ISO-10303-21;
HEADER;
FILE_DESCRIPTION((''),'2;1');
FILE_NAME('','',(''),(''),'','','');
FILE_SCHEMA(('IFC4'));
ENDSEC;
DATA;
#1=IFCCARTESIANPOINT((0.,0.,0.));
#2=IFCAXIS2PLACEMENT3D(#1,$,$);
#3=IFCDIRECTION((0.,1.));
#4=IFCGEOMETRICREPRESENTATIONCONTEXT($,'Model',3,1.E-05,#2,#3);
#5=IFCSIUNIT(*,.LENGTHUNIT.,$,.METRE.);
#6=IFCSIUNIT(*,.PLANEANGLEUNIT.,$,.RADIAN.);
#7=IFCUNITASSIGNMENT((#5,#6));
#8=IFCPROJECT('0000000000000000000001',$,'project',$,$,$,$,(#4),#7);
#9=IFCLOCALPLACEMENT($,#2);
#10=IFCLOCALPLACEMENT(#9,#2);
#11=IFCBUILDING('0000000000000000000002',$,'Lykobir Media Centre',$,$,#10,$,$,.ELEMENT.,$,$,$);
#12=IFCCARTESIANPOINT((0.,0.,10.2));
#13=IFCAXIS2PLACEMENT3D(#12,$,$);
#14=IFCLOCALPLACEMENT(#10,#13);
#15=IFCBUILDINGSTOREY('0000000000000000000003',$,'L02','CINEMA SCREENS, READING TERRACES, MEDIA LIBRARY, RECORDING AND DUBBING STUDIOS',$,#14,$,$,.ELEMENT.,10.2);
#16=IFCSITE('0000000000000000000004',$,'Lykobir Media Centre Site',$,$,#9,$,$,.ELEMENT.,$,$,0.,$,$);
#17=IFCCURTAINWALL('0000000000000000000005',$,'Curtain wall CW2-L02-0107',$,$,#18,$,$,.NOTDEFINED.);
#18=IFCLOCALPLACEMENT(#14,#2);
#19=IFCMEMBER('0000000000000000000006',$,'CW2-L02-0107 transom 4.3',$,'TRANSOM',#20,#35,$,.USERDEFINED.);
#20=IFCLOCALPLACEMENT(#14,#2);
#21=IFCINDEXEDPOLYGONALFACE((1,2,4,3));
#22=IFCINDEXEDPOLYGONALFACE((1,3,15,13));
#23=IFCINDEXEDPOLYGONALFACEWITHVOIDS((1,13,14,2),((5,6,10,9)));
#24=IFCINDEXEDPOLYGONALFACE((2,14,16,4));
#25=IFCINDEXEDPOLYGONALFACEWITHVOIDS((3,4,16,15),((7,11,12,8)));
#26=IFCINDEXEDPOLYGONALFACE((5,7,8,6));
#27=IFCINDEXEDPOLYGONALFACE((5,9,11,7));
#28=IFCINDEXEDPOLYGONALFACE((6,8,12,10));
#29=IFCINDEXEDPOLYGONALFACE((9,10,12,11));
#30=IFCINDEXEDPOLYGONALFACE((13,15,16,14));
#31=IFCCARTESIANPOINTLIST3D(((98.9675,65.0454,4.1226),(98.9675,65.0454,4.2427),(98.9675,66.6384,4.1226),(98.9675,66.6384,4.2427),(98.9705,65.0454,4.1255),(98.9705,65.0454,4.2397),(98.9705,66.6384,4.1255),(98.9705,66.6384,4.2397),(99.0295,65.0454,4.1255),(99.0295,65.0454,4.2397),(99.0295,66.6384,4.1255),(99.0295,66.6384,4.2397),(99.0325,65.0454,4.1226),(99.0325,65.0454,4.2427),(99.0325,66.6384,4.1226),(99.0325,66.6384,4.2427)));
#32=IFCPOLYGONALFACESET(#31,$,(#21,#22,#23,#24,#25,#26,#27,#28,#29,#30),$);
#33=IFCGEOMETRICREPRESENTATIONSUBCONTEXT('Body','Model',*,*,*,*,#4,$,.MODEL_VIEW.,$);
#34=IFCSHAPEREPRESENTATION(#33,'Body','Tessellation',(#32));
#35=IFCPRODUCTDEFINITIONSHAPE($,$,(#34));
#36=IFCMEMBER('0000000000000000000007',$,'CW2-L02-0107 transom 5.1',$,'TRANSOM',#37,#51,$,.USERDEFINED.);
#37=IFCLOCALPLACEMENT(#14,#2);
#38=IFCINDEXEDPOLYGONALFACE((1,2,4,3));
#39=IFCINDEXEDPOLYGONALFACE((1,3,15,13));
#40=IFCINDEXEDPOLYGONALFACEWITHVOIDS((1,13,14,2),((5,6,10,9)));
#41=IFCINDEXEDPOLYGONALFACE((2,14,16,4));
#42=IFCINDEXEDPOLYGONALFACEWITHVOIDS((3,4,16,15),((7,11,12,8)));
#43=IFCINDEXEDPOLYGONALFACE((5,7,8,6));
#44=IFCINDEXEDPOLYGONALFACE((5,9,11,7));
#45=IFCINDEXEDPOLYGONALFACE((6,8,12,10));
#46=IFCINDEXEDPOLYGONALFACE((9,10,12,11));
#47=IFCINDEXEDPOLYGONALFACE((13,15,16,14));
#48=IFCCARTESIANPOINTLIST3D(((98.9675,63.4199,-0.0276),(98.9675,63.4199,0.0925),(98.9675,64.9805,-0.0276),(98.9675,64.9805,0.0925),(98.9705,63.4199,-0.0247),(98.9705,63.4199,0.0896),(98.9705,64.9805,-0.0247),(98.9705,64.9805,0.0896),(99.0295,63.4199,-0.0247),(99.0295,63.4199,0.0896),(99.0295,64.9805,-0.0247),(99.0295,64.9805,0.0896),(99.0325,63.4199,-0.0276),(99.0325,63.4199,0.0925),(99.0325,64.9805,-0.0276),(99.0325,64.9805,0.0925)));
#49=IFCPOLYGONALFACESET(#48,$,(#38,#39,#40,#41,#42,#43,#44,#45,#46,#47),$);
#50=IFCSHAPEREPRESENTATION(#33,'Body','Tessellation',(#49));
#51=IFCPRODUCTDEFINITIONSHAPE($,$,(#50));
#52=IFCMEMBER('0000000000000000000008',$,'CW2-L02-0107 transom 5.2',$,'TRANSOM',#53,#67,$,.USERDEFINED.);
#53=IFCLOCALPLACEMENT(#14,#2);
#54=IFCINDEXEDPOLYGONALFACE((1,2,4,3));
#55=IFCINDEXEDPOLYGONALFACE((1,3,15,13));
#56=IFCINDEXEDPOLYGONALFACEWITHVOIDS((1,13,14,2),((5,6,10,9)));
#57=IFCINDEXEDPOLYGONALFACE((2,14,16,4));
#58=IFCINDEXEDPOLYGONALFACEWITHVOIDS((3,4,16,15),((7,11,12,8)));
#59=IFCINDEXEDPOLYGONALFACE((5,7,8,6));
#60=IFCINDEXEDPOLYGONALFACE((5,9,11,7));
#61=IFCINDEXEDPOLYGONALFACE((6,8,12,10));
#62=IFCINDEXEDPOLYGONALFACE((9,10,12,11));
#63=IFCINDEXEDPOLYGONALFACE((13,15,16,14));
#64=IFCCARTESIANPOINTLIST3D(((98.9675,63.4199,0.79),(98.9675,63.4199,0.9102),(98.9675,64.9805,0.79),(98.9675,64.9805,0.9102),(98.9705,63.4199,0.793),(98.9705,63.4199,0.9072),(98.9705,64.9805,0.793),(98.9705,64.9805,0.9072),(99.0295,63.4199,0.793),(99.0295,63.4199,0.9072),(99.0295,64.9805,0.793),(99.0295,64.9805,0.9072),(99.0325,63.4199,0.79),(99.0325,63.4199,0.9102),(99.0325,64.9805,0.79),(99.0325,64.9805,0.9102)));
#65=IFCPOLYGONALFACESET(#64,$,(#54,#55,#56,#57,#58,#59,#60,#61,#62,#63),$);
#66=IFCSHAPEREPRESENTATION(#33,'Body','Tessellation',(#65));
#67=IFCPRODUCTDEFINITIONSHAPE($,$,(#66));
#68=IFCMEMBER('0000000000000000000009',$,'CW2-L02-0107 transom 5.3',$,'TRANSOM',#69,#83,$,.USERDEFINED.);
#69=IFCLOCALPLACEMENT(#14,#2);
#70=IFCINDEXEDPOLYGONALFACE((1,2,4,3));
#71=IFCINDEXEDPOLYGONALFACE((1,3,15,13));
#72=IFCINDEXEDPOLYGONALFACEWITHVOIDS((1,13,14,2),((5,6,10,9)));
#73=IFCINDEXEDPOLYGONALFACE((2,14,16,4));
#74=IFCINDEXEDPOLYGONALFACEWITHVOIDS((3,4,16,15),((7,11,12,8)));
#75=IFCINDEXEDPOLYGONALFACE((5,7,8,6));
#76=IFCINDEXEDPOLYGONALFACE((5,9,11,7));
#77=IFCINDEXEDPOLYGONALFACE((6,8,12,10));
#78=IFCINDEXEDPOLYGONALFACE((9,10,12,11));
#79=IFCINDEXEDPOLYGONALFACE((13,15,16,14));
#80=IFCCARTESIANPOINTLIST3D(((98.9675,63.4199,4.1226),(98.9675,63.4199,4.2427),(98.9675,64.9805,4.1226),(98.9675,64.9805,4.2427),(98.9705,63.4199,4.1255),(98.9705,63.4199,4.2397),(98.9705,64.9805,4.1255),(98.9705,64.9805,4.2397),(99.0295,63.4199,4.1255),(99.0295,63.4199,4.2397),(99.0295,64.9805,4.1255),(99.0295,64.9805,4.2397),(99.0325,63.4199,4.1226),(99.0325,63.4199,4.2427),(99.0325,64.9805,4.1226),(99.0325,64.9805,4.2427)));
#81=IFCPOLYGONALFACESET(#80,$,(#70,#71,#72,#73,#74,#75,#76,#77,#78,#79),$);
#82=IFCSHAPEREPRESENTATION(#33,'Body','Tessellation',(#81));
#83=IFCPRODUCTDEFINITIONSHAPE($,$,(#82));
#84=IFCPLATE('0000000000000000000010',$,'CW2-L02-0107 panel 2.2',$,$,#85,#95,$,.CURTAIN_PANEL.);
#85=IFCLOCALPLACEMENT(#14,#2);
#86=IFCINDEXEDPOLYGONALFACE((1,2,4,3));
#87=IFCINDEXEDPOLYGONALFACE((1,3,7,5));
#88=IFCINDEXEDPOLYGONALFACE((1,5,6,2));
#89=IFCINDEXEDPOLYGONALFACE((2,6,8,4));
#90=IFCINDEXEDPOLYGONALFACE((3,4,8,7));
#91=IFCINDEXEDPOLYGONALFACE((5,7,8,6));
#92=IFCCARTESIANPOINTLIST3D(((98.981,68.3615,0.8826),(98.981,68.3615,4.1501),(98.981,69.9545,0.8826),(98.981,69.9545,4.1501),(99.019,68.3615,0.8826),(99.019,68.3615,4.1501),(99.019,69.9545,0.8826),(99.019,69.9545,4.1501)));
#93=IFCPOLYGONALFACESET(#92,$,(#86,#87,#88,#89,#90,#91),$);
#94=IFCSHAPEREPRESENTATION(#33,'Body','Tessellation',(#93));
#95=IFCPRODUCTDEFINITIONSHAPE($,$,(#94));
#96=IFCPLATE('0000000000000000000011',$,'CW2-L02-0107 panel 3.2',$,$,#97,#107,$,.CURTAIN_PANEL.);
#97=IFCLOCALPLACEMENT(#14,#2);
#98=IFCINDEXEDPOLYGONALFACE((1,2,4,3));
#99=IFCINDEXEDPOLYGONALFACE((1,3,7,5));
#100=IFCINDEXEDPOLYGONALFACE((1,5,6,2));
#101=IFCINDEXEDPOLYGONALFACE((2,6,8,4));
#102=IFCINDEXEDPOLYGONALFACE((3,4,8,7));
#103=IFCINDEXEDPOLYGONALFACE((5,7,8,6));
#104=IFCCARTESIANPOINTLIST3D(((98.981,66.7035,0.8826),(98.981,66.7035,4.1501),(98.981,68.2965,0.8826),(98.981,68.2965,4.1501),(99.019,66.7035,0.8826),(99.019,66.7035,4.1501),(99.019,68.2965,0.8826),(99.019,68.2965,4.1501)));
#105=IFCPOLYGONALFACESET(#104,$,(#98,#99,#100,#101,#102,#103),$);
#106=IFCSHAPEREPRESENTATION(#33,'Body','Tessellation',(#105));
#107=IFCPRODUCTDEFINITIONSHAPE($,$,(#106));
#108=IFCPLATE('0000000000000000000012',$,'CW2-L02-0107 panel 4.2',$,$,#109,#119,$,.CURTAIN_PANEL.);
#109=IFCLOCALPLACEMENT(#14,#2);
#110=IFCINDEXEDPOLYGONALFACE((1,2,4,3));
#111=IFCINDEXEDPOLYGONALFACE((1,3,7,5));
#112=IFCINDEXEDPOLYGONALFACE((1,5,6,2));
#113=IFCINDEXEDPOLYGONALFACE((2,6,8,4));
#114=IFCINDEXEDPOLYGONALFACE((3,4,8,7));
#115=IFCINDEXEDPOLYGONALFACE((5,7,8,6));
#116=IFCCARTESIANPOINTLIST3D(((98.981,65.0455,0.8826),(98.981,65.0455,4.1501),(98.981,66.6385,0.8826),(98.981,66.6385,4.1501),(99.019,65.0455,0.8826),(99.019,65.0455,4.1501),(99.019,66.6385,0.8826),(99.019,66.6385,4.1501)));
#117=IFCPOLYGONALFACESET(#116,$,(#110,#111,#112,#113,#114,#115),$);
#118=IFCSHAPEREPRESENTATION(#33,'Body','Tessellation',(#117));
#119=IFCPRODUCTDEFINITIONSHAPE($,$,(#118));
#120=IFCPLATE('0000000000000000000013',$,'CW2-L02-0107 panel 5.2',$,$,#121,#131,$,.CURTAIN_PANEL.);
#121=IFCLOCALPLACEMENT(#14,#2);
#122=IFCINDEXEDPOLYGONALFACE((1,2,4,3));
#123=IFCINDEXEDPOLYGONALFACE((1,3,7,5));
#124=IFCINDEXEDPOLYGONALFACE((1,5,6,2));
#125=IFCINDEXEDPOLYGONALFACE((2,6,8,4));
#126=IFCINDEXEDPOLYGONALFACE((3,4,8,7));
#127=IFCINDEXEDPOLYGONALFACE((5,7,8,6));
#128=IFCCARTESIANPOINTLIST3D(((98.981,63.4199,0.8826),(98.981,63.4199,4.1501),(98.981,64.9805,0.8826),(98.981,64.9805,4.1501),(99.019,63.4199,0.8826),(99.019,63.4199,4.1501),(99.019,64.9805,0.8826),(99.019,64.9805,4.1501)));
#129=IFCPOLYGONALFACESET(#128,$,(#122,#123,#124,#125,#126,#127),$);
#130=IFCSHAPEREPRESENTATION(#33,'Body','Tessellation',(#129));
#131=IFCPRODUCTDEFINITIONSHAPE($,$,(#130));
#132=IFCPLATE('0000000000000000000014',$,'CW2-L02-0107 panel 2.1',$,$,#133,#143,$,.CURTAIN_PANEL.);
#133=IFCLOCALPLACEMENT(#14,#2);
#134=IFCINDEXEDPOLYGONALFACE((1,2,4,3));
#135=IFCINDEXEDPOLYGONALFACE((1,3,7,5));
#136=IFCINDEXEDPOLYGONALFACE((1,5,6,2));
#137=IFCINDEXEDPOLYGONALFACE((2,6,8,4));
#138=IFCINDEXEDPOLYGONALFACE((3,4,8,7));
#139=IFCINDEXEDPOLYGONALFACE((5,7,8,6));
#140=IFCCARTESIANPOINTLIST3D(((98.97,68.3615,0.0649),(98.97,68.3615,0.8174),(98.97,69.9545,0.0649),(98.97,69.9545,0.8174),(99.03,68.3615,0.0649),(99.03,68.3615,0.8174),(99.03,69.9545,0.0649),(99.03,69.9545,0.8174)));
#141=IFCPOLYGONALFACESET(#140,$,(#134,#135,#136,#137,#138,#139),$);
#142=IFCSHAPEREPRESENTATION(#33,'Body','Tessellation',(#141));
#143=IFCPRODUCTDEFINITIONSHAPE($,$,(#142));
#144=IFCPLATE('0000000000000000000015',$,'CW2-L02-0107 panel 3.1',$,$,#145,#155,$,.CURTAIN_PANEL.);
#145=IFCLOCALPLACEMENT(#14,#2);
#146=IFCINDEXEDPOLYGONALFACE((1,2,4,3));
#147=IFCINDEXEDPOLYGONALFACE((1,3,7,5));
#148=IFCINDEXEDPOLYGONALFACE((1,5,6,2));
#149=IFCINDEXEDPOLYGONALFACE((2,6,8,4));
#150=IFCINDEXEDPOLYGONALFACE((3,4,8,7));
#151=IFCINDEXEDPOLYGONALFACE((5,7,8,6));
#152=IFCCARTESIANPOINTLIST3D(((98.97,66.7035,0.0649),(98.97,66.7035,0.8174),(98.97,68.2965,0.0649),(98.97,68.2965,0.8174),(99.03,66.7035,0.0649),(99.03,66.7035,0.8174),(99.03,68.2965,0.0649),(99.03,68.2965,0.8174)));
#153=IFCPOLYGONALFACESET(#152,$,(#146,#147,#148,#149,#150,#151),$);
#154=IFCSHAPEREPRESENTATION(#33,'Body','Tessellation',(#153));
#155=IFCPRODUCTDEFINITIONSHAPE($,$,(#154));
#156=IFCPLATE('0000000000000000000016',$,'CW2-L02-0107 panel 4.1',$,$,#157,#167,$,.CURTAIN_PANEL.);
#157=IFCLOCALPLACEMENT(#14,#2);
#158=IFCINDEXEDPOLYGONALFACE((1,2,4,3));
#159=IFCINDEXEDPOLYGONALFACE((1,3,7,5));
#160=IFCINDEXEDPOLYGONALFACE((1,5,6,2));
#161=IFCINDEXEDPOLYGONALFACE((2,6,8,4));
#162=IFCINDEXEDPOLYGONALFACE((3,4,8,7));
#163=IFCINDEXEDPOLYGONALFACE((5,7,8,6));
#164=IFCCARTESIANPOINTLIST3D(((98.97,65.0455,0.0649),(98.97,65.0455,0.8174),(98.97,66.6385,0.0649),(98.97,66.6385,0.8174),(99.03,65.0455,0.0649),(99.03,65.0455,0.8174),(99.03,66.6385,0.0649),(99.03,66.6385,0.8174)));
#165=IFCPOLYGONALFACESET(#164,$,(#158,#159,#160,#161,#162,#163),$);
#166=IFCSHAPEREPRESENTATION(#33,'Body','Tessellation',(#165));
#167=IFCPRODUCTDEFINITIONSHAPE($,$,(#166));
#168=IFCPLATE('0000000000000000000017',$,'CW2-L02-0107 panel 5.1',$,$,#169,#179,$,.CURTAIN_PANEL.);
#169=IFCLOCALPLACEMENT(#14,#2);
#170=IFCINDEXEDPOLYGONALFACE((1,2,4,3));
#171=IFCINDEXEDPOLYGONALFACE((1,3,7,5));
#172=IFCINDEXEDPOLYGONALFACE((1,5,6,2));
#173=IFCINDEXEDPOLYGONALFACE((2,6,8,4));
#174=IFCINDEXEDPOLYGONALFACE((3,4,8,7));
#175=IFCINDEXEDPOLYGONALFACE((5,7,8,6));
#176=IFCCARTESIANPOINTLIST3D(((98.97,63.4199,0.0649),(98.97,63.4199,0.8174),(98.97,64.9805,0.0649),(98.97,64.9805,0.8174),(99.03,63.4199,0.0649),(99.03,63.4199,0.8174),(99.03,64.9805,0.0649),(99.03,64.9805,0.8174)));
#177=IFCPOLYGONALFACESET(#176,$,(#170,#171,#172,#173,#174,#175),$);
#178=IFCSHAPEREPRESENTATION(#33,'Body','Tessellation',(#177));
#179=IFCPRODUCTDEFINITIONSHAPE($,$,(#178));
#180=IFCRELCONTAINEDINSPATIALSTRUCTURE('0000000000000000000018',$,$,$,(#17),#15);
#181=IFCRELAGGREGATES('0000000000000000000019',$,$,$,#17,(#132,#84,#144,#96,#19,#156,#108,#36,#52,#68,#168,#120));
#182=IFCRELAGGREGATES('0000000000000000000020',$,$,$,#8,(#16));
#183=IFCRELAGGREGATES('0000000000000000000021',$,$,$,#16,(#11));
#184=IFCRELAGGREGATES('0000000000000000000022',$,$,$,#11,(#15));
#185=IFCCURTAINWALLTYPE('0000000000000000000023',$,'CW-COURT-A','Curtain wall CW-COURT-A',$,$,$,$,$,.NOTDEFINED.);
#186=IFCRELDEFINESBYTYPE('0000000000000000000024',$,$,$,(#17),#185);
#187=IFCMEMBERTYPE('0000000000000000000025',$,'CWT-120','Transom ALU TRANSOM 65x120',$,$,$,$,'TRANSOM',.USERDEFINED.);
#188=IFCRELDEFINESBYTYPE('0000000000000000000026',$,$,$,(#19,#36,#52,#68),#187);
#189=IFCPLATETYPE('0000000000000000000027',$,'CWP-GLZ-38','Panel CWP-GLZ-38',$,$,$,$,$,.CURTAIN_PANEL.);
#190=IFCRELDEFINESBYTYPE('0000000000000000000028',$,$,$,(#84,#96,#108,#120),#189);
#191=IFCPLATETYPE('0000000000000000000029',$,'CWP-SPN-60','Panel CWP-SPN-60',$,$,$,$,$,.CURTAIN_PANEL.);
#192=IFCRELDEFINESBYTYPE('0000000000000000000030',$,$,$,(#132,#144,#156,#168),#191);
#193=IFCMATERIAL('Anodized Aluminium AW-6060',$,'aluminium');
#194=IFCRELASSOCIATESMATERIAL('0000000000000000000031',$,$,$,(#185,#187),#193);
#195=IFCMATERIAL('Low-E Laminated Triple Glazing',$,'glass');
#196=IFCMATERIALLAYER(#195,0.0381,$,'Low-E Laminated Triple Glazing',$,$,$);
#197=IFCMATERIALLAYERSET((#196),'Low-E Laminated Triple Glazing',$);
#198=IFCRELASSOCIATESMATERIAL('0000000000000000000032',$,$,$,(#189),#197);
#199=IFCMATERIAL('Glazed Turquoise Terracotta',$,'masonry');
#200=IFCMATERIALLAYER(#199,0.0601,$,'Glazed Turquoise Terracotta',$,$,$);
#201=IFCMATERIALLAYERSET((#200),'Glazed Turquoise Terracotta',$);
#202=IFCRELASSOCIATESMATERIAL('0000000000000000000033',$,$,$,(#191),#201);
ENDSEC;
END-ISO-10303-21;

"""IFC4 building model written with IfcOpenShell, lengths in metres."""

from ifc_helpers import new_model, si_unit, direction, frame, origin, origin_2d, place, context, subcontext, project, spatial, rectangle, hollow_rectangle, extrude, material, layer, layer_set, material_profile, profile_set, type_object, element, aggregate, save


model = new_model("IFC4")

# Units and contexts
model_context = context("Model", 3, precision=1e-05, world=origin(), true_north=direction((0.0, 1.0)))
body_context = subcontext(model_context, "Body", "Model", "MODEL_VIEW")
ifc_project = project(units=[si_unit("LENGTHUNIT", "METRE"), si_unit("PLANEANGLEUNIT", "RADIAN")], contexts=[model_context])

# Site, building, storey
site_placement = place(None, origin())
site = spatial("IfcSite", under=ifc_project, at=site_placement, Name="Lykobir Media Centre Site", CompositionType="ELEMENT", RefElevation=0.0)
building_placement = place(site_placement, origin())
building = spatial("IfcBuilding", under=site, at=building_placement, Name="Lykobir Media Centre", CompositionType="ELEMENT")
storey_placement = place(building_placement, frame((0.0, 0.0, 10.2)))
storey = spatial("IfcBuildingStorey", under=building, at=storey_placement, Name="L02", Description="CINEMA SCREENS, READING TERRACES, MEDIA LIBRARY, RECORDING AND DUBBING STUDIOS", CompositionType="ELEMENT", Elevation=10.2)

# Curtain wall, members, plates
ifc_material_1 = material(Name="Anodized Aluminium AW-6060", Category="aluminium")
curtain_wall_type = type_object("IfcCurtainWallType", Name="CW-COURT-A", Description="Curtain wall CW-COURT-A", PredefinedType="NOTDEFINED", material=ifc_material_1)
curtain_wall_placement = place(storey_placement, origin())
curtain_wall = element("IfcCurtainWall", 1, at=curtain_wall_placement, inside=storey, type_object=curtain_wall_type, Name="Curtain wall CW2-L02-0107", PredefinedType="NOTDEFINED")
ifc_material_profile_1 = material_profile(ifc_material_1, hollow_rectangle(XDim=0.0649, YDim=0.1201, WallThickness=0.0029, at=origin_2d()), Name="ALU TRANSOM 65x120")
ifc_profile_set_1 = profile_set([ifc_material_profile_1], Name="Anodized Aluminium AW-6060")
member_type_1 = type_object("IfcMemberType", Name="CWT-120", Description="Transom ALU TRANSOM 65x120", ElementType="TRANSOM", PredefinedType="USERDEFINED", material=ifc_profile_set_1)
member_1_placement = place(storey_placement, frame((99.0, 66.6384, 4.1826), z_axis=(0.0, -1.0, 0.0), x_axis=(1.0, 0.0, 0.0)))
member_1 = element("IfcMember", 2, at=member_1_placement, type_object=member_type_1, Name="CW2-L02-0107 transom 4.3", ObjectType="TRANSOM", PredefinedType="USERDEFINED", context=body_context, shape_type="SweptSolid", body=[
    extrude(hollow_rectangle(XDim=0.0649, YDim=0.1201, WallThickness=0.0029, at=origin_2d()), origin(), (0.0, 0.0, 1.0), 1.593),
])
member_2_placement = place(storey_placement, frame((99.0, 64.9805, 0.0325), z_axis=(0.0, -1.0, 0.0), x_axis=(1.0, 0.0, 0.0)))
member_2 = element("IfcMember", 3, at=member_2_placement, type_object=member_type_1, Name="CW2-L02-0107 transom 5.1", ObjectType="TRANSOM", PredefinedType="USERDEFINED", context=body_context, shape_type="SweptSolid", body=[
    extrude(hollow_rectangle(XDim=0.0649, YDim=0.1201, WallThickness=0.0029, at=origin_2d()), origin(), (0.0, 0.0, 1.0), 1.5605),
])
member_3_placement = place(storey_placement, frame((99.0, 64.9805, 0.8501), z_axis=(0.0, -1.0, 0.0), x_axis=(1.0, 0.0, 0.0)))
member_3 = element("IfcMember", 4, at=member_3_placement, type_object=member_type_1, Name="CW2-L02-0107 transom 5.2", ObjectType="TRANSOM", PredefinedType="USERDEFINED", context=body_context, shape_type="SweptSolid", body=[
    extrude(hollow_rectangle(XDim=0.0649, YDim=0.1201, WallThickness=0.0029, at=origin_2d()), origin(), (0.0, 0.0, 1.0), 1.5605),
])
member_4_placement = place(storey_placement, frame((99.0, 64.9805, 4.1826), z_axis=(0.0, -1.0, 0.0), x_axis=(1.0, 0.0, 0.0)))
member_4 = element("IfcMember", 5, at=member_4_placement, type_object=member_type_1, Name="CW2-L02-0107 transom 5.3", ObjectType="TRANSOM", PredefinedType="USERDEFINED", context=body_context, shape_type="SweptSolid", body=[
    extrude(hollow_rectangle(XDim=0.0649, YDim=0.1201, WallThickness=0.0029, at=origin_2d()), origin(), (0.0, 0.0, 1.0), 1.5605),
])
ifc_material_2 = material(Name="Low-E Laminated Triple Glazing", Category="glass")
ifc_layer_1 = layer(ifc_material_2, 0.0381, Name="Low-E Laminated Triple Glazing")
ifc_layer_set_1 = layer_set([ifc_layer_1], Name="Low-E Laminated Triple Glazing")
plate_type_1 = type_object("IfcPlateType", Name="CWP-GLZ-38", Description="Panel CWP-GLZ-38", PredefinedType="CURTAIN_PANEL", material=ifc_layer_set_1)
plate_1_placement = place(storey_placement, frame((99.0, 69.158, 0.8826), z_axis=(0.0, 0.0, 1.0), x_axis=(0.0, -1.0, 0.0)))
plate_1 = element("IfcPlate", 6, at=plate_1_placement, type_object=plate_type_1, Name="CW2-L02-0107 panel 2.2", PredefinedType="CURTAIN_PANEL", context=body_context, shape_type="SweptSolid", body=[
    extrude(rectangle(XDim=1.593, YDim=0.0381, at=origin_2d()), origin(), (0.0, 0.0, 1.0), 3.2676),
])
plate_2_placement = place(storey_placement, frame((99.0, 67.5, 0.8826), z_axis=(0.0, 0.0, 1.0), x_axis=(0.0, -1.0, 0.0)))
plate_2 = element("IfcPlate", 7, at=plate_2_placement, type_object=plate_type_1, Name="CW2-L02-0107 panel 3.2", PredefinedType="CURTAIN_PANEL", context=body_context, shape_type="SweptSolid", body=[
    extrude(rectangle(XDim=1.593, YDim=0.0381, at=origin_2d()), origin(), (0.0, 0.0, 1.0), 3.2676),
])
plate_3_placement = place(storey_placement, frame((99.0, 65.842, 0.8826), z_axis=(0.0, 0.0, 1.0), x_axis=(0.0, -1.0, 0.0)))
plate_3 = element("IfcPlate", 8, at=plate_3_placement, type_object=plate_type_1, Name="CW2-L02-0107 panel 4.2", PredefinedType="CURTAIN_PANEL", context=body_context, shape_type="SweptSolid", body=[
    extrude(rectangle(XDim=1.593, YDim=0.0381, at=origin_2d()), origin(), (0.0, 0.0, 1.0), 3.2676),
])
plate_4_placement = place(storey_placement, frame((99.0, 64.2002, 0.8826), z_axis=(0.0, 0.0, 1.0), x_axis=(0.0, -1.0, 0.0)))
plate_4 = element("IfcPlate", 9, at=plate_4_placement, type_object=plate_type_1, Name="CW2-L02-0107 panel 5.2", PredefinedType="CURTAIN_PANEL", context=body_context, shape_type="SweptSolid", body=[
    extrude(rectangle(XDim=1.5605, YDim=0.0381, at=origin_2d()), origin(), (0.0, 0.0, 1.0), 3.2676),
])
ifc_material_3 = material(Name="Glazed Turquoise Terracotta", Category="masonry")
ifc_layer_2 = layer(ifc_material_3, 0.0601, Name="Glazed Turquoise Terracotta")
ifc_layer_set_2 = layer_set([ifc_layer_2], Name="Glazed Turquoise Terracotta")
plate_type_2 = type_object("IfcPlateType", Name="CWP-SPN-60", Description="Panel CWP-SPN-60", PredefinedType="CURTAIN_PANEL", material=ifc_layer_set_2)
plate_5_placement = place(storey_placement, frame((99.0, 69.158, 0.0649), z_axis=(0.0, 0.0, 1.0), x_axis=(0.0, -1.0, 0.0)))
plate_5 = element("IfcPlate", 10, at=plate_5_placement, type_object=plate_type_2, Name="CW2-L02-0107 panel 2.1", PredefinedType="CURTAIN_PANEL", context=body_context, shape_type="SweptSolid", body=[
    extrude(rectangle(XDim=1.593, YDim=0.0601, at=origin_2d()), origin(), (0.0, 0.0, 1.0), 0.7524),
])
plate_6_placement = place(storey_placement, frame((99.0, 67.5, 0.0649), z_axis=(0.0, 0.0, 1.0), x_axis=(0.0, -1.0, 0.0)))
plate_6 = element("IfcPlate", 11, at=plate_6_placement, type_object=plate_type_2, Name="CW2-L02-0107 panel 3.1", PredefinedType="CURTAIN_PANEL", context=body_context, shape_type="SweptSolid", body=[
    extrude(rectangle(XDim=1.593, YDim=0.0601, at=origin_2d()), origin(), (0.0, 0.0, 1.0), 0.7524),
])
plate_7_placement = place(storey_placement, frame((99.0, 65.842, 0.0649), z_axis=(0.0, 0.0, 1.0), x_axis=(0.0, -1.0, 0.0)))
plate_7 = element("IfcPlate", 12, at=plate_7_placement, type_object=plate_type_2, Name="CW2-L02-0107 panel 4.1", PredefinedType="CURTAIN_PANEL", context=body_context, shape_type="SweptSolid", body=[
    extrude(rectangle(XDim=1.593, YDim=0.0601, at=origin_2d()), origin(), (0.0, 0.0, 1.0), 0.7524),
])
plate_8_placement = place(storey_placement, frame((99.0, 64.2002, 0.0649), z_axis=(0.0, 0.0, 1.0), x_axis=(0.0, -1.0, 0.0)))
plate_8 = element("IfcPlate", 13, at=plate_8_placement, type_object=plate_type_2, Name="CW2-L02-0107 panel 5.1", PredefinedType="CURTAIN_PANEL", context=body_context, shape_type="SweptSolid", body=[
    extrude(rectangle(XDim=1.5605, YDim=0.0601, at=origin_2d()), origin(), (0.0, 0.0, 1.0), 0.7524),
])
aggregate(curtain_wall, [plate_5, plate_1, plate_6, plate_2, member_1, plate_7, plate_3, member_2, member_3, member_4, plate_8, plate_4])

save(model, "model.ifc")
